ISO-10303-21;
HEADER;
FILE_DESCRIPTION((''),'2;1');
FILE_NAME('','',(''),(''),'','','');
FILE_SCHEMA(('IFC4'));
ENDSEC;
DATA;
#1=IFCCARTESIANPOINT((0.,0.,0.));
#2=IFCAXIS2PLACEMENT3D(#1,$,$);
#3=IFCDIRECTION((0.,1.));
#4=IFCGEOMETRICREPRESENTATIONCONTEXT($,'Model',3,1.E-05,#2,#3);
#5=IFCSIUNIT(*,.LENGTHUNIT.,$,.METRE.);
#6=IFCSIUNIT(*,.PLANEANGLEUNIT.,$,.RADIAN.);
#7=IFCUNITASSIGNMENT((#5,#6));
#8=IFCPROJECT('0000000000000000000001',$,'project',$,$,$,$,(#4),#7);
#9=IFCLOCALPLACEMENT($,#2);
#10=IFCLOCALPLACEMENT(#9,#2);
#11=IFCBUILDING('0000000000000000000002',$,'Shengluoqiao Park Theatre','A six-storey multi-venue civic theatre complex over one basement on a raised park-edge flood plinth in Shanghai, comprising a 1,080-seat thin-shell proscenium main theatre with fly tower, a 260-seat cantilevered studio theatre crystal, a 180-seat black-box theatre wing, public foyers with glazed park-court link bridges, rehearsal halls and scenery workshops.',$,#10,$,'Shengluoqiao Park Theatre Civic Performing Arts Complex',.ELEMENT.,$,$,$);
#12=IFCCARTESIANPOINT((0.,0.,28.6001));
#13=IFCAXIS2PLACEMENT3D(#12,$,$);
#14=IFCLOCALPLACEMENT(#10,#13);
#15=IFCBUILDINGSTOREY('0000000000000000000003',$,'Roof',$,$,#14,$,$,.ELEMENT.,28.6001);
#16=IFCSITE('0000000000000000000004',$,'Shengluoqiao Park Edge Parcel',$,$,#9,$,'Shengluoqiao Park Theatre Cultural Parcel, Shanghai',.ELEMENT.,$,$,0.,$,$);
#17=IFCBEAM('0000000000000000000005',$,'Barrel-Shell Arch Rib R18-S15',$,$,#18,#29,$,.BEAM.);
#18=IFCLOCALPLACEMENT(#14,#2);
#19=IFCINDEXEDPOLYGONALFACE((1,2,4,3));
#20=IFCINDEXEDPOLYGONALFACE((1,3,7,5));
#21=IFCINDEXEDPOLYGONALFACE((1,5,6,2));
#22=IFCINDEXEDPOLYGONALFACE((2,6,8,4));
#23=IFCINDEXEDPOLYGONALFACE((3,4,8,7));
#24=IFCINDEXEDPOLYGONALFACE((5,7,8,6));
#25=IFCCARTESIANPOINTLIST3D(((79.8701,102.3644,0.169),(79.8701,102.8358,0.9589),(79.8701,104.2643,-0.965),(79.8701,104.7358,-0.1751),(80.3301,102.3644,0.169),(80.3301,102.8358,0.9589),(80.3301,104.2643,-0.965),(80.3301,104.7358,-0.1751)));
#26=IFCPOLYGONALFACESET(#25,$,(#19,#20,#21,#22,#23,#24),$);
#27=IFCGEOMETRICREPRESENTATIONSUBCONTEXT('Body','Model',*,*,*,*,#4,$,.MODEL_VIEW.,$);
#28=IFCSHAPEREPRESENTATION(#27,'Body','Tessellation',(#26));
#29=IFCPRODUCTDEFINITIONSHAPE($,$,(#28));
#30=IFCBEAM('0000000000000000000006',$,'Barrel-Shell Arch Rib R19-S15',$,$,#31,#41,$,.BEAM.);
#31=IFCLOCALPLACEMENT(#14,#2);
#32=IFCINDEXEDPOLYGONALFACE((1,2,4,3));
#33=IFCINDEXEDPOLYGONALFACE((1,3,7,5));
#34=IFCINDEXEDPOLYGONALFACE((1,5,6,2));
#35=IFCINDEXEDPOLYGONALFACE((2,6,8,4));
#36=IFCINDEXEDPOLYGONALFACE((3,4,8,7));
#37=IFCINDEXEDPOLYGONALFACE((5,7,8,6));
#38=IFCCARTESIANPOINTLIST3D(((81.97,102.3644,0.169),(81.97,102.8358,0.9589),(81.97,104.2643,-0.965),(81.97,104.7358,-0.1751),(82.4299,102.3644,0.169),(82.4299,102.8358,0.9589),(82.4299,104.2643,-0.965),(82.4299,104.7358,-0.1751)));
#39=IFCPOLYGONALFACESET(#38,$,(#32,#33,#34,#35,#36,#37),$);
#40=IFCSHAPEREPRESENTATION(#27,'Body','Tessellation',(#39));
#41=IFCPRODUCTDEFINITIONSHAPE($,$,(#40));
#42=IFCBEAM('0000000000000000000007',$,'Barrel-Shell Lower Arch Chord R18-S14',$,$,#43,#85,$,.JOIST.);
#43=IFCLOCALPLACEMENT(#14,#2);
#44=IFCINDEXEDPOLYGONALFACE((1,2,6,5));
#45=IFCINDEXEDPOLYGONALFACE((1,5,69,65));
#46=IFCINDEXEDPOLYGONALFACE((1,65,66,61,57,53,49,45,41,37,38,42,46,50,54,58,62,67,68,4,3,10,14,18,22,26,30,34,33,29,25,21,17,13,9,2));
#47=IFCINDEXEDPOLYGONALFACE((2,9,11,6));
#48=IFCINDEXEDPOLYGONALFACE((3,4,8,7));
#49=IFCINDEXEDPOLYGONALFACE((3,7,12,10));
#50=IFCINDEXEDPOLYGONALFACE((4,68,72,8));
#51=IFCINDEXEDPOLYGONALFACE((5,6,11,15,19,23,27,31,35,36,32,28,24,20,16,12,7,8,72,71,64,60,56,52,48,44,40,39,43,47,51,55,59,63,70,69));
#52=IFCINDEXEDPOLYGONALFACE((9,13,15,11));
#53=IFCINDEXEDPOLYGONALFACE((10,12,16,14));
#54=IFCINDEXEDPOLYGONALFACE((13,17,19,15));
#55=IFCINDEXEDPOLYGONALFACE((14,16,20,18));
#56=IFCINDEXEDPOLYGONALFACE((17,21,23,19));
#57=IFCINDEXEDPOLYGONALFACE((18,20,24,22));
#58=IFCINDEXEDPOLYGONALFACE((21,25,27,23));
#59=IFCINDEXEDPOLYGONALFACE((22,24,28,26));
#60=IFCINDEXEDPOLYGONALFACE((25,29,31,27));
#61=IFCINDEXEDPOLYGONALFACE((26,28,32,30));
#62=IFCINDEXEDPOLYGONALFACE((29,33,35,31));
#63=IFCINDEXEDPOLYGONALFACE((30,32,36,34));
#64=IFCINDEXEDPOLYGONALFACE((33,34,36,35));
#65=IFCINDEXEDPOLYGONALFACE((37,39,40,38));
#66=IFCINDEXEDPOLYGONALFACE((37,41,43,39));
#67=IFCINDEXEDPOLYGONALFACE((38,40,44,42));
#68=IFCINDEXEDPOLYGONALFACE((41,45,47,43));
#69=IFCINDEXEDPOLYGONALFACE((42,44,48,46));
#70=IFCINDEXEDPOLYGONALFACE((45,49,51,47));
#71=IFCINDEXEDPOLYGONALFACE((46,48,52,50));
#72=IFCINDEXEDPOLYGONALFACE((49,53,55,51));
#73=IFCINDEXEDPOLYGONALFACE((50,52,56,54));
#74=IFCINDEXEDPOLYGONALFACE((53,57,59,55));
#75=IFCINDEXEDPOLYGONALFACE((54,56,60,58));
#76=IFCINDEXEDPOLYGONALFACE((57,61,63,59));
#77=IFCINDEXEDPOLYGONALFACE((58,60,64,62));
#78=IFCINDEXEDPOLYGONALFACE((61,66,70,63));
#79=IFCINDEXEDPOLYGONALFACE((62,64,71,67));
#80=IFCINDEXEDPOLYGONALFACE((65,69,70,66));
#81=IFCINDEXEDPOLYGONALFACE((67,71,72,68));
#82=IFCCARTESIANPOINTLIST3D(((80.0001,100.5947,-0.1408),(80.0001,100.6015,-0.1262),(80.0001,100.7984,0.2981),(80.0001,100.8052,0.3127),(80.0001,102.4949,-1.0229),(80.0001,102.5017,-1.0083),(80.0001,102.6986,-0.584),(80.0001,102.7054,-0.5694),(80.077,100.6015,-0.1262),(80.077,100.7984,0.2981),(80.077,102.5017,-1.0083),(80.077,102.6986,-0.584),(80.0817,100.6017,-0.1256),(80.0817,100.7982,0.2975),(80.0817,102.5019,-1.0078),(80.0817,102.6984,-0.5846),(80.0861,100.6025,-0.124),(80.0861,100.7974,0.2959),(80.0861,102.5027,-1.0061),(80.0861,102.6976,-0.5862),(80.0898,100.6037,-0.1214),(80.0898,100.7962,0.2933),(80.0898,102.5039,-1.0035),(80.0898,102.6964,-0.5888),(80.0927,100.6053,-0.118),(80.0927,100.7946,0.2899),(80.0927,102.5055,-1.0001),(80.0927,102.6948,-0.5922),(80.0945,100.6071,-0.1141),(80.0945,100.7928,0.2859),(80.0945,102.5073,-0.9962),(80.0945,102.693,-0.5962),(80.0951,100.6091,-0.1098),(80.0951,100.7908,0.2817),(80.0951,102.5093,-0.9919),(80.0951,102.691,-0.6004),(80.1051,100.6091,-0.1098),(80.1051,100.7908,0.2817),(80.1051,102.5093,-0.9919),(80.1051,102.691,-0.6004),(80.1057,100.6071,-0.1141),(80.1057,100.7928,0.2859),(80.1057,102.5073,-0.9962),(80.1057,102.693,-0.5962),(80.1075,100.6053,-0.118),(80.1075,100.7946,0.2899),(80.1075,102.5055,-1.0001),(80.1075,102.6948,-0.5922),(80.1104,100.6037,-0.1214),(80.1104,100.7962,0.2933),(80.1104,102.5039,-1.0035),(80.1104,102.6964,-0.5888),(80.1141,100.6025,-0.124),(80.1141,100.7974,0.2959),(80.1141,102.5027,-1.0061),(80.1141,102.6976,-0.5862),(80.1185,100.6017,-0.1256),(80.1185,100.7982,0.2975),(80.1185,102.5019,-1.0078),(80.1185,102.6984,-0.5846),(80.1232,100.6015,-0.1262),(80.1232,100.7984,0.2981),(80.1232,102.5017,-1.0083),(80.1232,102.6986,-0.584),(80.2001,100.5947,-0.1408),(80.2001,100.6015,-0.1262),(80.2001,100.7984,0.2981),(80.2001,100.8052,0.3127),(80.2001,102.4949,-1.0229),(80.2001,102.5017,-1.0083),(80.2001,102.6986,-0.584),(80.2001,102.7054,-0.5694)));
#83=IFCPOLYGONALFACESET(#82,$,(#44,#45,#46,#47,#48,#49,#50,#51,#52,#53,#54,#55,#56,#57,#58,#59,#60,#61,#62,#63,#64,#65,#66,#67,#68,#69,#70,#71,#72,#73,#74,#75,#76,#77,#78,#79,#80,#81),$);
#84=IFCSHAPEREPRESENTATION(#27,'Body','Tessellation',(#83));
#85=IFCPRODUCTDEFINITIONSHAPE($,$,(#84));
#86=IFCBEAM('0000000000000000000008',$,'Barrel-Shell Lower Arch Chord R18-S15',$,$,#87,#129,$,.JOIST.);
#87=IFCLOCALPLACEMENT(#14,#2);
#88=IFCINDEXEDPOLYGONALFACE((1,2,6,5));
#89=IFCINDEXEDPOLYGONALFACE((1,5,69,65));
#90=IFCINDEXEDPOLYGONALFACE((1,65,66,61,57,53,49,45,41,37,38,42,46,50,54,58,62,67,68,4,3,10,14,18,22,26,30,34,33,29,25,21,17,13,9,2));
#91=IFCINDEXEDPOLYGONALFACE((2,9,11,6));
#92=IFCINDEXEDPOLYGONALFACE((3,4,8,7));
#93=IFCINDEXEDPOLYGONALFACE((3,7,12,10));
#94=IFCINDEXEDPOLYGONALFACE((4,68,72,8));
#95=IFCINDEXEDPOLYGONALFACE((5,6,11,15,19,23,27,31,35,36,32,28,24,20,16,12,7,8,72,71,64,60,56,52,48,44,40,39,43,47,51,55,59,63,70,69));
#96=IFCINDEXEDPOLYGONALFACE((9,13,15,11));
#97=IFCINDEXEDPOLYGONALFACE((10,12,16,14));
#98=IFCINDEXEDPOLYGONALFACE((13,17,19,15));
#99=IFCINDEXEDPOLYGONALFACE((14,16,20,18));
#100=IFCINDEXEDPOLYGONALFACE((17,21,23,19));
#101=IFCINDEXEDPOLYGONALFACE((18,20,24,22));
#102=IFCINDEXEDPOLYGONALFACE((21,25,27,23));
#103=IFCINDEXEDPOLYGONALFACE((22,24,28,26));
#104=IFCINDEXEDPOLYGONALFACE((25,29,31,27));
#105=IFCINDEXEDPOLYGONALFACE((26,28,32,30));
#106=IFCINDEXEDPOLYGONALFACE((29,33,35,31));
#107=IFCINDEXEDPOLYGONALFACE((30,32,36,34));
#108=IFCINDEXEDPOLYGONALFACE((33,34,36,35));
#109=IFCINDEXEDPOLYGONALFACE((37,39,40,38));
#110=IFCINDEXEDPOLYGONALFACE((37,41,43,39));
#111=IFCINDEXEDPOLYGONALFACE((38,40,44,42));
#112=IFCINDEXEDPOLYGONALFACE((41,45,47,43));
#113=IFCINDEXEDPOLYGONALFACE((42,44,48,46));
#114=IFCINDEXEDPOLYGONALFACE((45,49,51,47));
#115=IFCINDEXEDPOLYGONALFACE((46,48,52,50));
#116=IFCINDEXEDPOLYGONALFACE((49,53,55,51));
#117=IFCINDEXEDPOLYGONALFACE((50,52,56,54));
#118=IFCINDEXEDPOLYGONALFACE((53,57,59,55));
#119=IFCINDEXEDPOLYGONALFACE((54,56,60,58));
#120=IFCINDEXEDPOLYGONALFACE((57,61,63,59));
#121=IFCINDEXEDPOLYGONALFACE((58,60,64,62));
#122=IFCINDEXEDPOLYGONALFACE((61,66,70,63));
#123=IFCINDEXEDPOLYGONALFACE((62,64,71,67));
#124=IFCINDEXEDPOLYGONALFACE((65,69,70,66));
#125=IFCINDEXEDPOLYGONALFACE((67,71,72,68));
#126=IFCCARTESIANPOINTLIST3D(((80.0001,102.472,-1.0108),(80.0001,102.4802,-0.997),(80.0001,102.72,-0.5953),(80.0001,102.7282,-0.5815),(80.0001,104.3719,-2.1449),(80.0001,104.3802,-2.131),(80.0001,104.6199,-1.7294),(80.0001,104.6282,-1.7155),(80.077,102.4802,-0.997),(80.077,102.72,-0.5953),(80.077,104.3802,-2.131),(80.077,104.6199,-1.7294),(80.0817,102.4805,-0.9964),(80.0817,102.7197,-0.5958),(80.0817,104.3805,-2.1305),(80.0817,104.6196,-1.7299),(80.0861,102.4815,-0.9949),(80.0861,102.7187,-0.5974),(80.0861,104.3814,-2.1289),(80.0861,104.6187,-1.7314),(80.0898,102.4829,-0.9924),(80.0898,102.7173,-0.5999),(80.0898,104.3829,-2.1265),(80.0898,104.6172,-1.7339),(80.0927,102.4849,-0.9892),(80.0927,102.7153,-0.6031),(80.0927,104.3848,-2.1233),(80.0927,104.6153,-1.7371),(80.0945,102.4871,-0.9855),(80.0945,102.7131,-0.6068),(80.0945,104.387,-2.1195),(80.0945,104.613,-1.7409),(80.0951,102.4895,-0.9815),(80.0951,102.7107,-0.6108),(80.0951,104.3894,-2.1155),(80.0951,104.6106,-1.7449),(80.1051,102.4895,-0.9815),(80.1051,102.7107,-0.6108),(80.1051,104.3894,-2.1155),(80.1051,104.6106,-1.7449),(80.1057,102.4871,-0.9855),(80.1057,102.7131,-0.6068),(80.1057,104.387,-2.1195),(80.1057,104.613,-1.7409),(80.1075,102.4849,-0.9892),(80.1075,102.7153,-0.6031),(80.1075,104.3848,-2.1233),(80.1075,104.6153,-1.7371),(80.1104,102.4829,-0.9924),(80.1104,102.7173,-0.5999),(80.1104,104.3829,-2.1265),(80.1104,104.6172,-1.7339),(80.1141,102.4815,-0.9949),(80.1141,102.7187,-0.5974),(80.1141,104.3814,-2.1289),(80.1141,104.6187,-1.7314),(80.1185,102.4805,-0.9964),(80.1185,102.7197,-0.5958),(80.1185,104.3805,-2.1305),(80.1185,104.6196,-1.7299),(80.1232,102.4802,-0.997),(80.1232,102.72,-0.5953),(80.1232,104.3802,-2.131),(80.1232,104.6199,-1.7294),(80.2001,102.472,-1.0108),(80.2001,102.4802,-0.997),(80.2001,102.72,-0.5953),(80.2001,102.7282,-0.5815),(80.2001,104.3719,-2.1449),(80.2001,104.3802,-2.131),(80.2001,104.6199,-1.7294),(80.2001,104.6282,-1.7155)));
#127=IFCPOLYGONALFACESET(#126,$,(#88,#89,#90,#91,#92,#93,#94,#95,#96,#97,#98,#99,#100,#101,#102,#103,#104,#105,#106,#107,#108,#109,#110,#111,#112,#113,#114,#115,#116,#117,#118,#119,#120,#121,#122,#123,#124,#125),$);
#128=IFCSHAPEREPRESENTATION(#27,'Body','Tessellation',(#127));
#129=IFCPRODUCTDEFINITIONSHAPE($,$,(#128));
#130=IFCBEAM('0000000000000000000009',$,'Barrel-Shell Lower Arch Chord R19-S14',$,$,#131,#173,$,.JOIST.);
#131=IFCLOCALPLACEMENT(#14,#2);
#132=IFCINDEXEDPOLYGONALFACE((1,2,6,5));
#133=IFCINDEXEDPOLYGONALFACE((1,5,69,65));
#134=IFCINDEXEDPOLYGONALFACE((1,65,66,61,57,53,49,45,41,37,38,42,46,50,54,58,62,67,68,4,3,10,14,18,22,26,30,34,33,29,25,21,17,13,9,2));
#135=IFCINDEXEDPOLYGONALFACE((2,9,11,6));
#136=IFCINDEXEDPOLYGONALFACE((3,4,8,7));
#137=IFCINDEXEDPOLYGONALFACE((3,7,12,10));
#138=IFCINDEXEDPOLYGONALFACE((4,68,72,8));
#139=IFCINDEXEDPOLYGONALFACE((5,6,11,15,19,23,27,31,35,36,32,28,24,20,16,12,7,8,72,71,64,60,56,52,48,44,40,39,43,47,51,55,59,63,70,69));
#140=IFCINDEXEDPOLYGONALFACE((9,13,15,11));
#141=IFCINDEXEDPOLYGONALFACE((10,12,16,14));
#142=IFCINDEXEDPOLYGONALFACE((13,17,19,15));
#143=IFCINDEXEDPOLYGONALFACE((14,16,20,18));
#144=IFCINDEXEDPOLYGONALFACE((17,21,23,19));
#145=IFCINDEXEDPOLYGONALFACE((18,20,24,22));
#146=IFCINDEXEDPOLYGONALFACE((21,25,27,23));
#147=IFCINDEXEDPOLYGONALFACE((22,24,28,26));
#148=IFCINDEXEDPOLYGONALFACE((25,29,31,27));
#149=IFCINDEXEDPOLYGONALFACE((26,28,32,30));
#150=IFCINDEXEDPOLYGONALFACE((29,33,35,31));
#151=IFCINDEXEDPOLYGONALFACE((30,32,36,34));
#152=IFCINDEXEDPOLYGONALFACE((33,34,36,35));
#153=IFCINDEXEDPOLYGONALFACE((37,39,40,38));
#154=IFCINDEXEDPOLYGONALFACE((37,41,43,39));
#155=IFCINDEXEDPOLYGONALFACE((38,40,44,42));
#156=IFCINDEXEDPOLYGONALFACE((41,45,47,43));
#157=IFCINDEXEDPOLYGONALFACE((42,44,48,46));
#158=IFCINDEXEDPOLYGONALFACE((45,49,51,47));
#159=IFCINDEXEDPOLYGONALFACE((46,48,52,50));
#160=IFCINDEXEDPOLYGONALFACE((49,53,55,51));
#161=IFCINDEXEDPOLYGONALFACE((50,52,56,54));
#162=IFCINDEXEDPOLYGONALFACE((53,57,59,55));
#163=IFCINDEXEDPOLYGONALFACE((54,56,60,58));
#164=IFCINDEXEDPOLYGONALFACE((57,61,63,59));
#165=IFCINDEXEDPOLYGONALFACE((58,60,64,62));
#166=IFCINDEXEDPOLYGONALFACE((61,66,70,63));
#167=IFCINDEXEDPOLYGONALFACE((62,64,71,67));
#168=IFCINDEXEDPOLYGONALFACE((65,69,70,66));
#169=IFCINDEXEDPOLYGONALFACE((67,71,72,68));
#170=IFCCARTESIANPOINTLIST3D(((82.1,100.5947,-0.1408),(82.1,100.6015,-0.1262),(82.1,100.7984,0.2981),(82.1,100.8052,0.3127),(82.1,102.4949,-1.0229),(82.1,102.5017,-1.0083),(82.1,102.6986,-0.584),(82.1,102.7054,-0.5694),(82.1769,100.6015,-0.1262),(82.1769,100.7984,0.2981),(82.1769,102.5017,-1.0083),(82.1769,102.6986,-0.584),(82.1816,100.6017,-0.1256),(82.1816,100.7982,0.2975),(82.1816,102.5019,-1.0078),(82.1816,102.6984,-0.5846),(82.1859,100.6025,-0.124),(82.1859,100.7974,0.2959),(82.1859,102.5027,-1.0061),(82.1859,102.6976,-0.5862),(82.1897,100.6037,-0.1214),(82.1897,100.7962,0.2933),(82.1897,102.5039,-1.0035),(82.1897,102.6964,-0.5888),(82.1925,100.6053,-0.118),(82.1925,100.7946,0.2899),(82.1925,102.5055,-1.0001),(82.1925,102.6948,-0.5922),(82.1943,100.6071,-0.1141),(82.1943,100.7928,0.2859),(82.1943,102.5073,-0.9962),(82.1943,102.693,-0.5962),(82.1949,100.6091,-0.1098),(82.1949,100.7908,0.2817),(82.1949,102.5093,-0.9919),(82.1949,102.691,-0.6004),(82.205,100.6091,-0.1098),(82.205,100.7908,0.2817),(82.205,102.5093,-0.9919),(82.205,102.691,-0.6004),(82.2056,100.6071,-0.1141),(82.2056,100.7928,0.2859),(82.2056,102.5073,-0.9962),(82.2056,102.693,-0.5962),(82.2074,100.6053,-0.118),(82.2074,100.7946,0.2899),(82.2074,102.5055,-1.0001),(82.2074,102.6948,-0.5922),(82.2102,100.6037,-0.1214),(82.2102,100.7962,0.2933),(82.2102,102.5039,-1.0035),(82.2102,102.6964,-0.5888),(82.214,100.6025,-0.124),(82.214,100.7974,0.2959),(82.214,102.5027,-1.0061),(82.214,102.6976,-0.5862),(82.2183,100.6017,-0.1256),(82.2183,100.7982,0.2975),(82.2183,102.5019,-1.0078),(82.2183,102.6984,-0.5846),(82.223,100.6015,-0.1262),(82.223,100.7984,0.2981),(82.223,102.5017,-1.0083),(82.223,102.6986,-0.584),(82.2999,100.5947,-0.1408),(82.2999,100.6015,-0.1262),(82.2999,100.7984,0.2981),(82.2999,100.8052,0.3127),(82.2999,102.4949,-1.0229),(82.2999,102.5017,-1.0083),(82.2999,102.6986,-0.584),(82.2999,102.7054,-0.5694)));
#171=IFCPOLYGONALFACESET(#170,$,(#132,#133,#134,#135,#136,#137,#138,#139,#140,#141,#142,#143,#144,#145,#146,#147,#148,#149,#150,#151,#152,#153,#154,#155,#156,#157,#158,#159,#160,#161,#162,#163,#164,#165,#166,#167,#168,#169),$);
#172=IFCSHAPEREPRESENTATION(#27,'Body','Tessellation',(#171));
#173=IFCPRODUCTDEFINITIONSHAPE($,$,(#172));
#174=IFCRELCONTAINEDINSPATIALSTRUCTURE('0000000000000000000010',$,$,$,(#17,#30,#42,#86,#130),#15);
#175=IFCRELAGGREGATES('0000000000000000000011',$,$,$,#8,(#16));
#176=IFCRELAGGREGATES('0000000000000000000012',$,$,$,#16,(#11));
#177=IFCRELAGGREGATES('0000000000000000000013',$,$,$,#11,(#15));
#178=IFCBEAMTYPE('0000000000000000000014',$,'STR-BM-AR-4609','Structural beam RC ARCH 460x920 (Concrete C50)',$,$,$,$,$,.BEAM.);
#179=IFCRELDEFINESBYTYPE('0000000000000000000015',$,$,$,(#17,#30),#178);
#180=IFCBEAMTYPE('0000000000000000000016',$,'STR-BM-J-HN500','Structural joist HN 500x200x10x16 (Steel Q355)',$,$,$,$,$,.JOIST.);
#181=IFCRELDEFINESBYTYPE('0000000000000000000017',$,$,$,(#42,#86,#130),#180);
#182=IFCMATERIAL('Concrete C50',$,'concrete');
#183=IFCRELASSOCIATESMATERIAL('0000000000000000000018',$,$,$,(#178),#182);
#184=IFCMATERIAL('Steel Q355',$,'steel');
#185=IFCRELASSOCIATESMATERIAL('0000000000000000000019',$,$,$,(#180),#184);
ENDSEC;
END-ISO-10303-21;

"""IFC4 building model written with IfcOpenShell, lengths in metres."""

from ifc_helpers import new_model, si_unit, direction, frame, origin, origin_2d, place, context, subcontext, project, spatial, rectangle, i_section, extrude, material, material_profile, profile_set, type_object, element, save


model = new_model("IFC4")

# Units and contexts
model_context = context("Model", 3, precision=1e-05, world=origin(), true_north=direction((0.0, 1.0)))
body_context = subcontext(model_context, "Body", "Model", "MODEL_VIEW")
ifc_project = project(units=[si_unit("LENGTHUNIT", "METRE"), si_unit("PLANEANGLEUNIT", "RADIAN")], contexts=[model_context])

# Site, building, storey
site_placement = place(None, origin())
site = spatial("IfcSite", under=ifc_project, at=site_placement, Name="Shengluoqiao Park Edge Parcel", LongName="Shengluoqiao Park Theatre Cultural Parcel, Shanghai", CompositionType="ELEMENT", RefElevation=0.0)
building_placement = place(site_placement, origin())
building = spatial("IfcBuilding", under=site, at=building_placement, Name="Shengluoqiao Park Theatre", Description="A six-storey multi-venue civic theatre complex over one basement on a raised park-edge flood plinth in Shanghai, comprising a 1,080-seat thin-shell proscenium main theatre with fly tower, a 260-seat cantilevered studio theatre crystal, a 180-seat black-box theatre wing, public foyers with glazed park-court link bridges, rehearsal halls and scenery workshops.", LongName="Shengluoqiao Park Theatre Civic Performing Arts Complex", CompositionType="ELEMENT")
storey_placement = place(building_placement, frame((0.0, 0.0, 28.6001)))
storey = spatial("IfcBuildingStorey", under=building, at=storey_placement, Name="Roof", CompositionType="ELEMENT", Elevation=28.6001)

# Beams
ifc_material_1 = material(Name="Concrete C50", Category="concrete")
ifc_material_profile_1 = material_profile(ifc_material_1, rectangle(XDim=0.46, YDim=0.9199, at=origin_2d()), Name="RC ARCH 460x920")
ifc_profile_set_1 = profile_set([ifc_material_profile_1], Name="Concrete C50")
beam_type_1 = type_object("IfcBeamType", Name="STR-BM-AR-4609", Description="Structural beam RC ARCH 460x920 (Concrete C50)", PredefinedType="BEAM", material=ifc_profile_set_1)
for number, where, z_axis, x_axis, name in (
    (1, (80.1001, 102.6001, 0.564), (0.0, 0.858669, -0.512531), (-1.0, 0.0, 0.0), "Barrel-Shell Arch Rib R18-S15"),
    (2, (82.2, 102.6001, 0.564), (0.0, 0.858669, -0.512531), (-1.0, 0.0, 0.0), "Barrel-Shell Arch Rib R19-S15"),
):
    element("IfcBeam", number, at=place(storey_placement, frame(where, z_axis=z_axis, x_axis=x_axis)), inside=storey, type_object=beam_type_1, Name=name, PredefinedType="BEAM", context=body_context, shape_type="SweptSolid", body=[
        extrude(rectangle(XDim=0.46, YDim=0.9199, at=origin_2d()), origin(), (0.0, 0.0, 1.0), 2.2126),
    ])
ifc_material_2 = material(Name="Steel Q355", Category="steel")
ifc_material_profile_2 = material_profile(ifc_material_2, i_section(OverallWidth=0.2, OverallDepth=0.5, WebThickness=0.01, FlangeThickness=0.0161, FilletRadius=0.0181, at=origin_2d()), Name="HN 500x200x10x16")
ifc_profile_set_2 = profile_set([ifc_material_profile_2], Name="Steel Q355")
beam_type_2 = type_object("IfcBeamType", Name="STR-BM-J-HN500", Description="Structural joist HN 500x200x10x16 (Steel Q355)", PredefinedType="JOIST", material=ifc_profile_set_2)
beam_1_placement = place(storey_placement, frame((80.1001, 100.7, 0.0859), z_axis=(0.0, 0.907033, -0.42106), x_axis=(-1.0, 0.0, 0.0)))
element("IfcBeam", 3, at=beam_1_placement, inside=storey, type_object=beam_type_2, Name="Barrel-Shell Lower Arch Chord R18-S14", PredefinedType="JOIST", context=body_context, shape_type="SweptSolid", body=[
    extrude(i_section(OverallWidth=0.2, OverallDepth=0.5, WebThickness=0.01, FlangeThickness=0.0161, FilletRadius=0.0181, at=origin_2d()), origin(), (0.0, 0.0, 1.0), 2.095),
])
beam_2_placement = place(storey_placement, frame((80.1001, 102.6001, -0.7961), z_axis=(0.0, 0.858669, -0.512531), x_axis=(-1.0, 0.0, 0.0)))
element("IfcBeam", 4, at=beam_2_placement, inside=storey, type_object=beam_type_2, Name="Barrel-Shell Lower Arch Chord R18-S15", PredefinedType="JOIST", context=body_context, shape_type="SweptSolid", body=[
    extrude(i_section(OverallWidth=0.2, OverallDepth=0.5, WebThickness=0.01, FlangeThickness=0.0161, FilletRadius=0.0181, at=origin_2d()), origin(), (0.0, 0.0, 1.0), 2.2126),
])
beam_3_placement = place(storey_placement, frame((82.2, 100.7, 0.0859), z_axis=(0.0, 0.907033, -0.42106), x_axis=(-1.0, 0.0, 0.0)))
element("IfcBeam", 5, at=beam_3_placement, inside=storey, type_object=beam_type_2, Name="Barrel-Shell Lower Arch Chord R19-S14", PredefinedType="JOIST", context=body_context, shape_type="SweptSolid", body=[
    extrude(i_section(OverallWidth=0.2, OverallDepth=0.5, WebThickness=0.01, FlangeThickness=0.0161, FilletRadius=0.0181, at=origin_2d()), origin(), (0.0, 0.0, 1.0), 2.095),
])

save(model, "model.ifc")
